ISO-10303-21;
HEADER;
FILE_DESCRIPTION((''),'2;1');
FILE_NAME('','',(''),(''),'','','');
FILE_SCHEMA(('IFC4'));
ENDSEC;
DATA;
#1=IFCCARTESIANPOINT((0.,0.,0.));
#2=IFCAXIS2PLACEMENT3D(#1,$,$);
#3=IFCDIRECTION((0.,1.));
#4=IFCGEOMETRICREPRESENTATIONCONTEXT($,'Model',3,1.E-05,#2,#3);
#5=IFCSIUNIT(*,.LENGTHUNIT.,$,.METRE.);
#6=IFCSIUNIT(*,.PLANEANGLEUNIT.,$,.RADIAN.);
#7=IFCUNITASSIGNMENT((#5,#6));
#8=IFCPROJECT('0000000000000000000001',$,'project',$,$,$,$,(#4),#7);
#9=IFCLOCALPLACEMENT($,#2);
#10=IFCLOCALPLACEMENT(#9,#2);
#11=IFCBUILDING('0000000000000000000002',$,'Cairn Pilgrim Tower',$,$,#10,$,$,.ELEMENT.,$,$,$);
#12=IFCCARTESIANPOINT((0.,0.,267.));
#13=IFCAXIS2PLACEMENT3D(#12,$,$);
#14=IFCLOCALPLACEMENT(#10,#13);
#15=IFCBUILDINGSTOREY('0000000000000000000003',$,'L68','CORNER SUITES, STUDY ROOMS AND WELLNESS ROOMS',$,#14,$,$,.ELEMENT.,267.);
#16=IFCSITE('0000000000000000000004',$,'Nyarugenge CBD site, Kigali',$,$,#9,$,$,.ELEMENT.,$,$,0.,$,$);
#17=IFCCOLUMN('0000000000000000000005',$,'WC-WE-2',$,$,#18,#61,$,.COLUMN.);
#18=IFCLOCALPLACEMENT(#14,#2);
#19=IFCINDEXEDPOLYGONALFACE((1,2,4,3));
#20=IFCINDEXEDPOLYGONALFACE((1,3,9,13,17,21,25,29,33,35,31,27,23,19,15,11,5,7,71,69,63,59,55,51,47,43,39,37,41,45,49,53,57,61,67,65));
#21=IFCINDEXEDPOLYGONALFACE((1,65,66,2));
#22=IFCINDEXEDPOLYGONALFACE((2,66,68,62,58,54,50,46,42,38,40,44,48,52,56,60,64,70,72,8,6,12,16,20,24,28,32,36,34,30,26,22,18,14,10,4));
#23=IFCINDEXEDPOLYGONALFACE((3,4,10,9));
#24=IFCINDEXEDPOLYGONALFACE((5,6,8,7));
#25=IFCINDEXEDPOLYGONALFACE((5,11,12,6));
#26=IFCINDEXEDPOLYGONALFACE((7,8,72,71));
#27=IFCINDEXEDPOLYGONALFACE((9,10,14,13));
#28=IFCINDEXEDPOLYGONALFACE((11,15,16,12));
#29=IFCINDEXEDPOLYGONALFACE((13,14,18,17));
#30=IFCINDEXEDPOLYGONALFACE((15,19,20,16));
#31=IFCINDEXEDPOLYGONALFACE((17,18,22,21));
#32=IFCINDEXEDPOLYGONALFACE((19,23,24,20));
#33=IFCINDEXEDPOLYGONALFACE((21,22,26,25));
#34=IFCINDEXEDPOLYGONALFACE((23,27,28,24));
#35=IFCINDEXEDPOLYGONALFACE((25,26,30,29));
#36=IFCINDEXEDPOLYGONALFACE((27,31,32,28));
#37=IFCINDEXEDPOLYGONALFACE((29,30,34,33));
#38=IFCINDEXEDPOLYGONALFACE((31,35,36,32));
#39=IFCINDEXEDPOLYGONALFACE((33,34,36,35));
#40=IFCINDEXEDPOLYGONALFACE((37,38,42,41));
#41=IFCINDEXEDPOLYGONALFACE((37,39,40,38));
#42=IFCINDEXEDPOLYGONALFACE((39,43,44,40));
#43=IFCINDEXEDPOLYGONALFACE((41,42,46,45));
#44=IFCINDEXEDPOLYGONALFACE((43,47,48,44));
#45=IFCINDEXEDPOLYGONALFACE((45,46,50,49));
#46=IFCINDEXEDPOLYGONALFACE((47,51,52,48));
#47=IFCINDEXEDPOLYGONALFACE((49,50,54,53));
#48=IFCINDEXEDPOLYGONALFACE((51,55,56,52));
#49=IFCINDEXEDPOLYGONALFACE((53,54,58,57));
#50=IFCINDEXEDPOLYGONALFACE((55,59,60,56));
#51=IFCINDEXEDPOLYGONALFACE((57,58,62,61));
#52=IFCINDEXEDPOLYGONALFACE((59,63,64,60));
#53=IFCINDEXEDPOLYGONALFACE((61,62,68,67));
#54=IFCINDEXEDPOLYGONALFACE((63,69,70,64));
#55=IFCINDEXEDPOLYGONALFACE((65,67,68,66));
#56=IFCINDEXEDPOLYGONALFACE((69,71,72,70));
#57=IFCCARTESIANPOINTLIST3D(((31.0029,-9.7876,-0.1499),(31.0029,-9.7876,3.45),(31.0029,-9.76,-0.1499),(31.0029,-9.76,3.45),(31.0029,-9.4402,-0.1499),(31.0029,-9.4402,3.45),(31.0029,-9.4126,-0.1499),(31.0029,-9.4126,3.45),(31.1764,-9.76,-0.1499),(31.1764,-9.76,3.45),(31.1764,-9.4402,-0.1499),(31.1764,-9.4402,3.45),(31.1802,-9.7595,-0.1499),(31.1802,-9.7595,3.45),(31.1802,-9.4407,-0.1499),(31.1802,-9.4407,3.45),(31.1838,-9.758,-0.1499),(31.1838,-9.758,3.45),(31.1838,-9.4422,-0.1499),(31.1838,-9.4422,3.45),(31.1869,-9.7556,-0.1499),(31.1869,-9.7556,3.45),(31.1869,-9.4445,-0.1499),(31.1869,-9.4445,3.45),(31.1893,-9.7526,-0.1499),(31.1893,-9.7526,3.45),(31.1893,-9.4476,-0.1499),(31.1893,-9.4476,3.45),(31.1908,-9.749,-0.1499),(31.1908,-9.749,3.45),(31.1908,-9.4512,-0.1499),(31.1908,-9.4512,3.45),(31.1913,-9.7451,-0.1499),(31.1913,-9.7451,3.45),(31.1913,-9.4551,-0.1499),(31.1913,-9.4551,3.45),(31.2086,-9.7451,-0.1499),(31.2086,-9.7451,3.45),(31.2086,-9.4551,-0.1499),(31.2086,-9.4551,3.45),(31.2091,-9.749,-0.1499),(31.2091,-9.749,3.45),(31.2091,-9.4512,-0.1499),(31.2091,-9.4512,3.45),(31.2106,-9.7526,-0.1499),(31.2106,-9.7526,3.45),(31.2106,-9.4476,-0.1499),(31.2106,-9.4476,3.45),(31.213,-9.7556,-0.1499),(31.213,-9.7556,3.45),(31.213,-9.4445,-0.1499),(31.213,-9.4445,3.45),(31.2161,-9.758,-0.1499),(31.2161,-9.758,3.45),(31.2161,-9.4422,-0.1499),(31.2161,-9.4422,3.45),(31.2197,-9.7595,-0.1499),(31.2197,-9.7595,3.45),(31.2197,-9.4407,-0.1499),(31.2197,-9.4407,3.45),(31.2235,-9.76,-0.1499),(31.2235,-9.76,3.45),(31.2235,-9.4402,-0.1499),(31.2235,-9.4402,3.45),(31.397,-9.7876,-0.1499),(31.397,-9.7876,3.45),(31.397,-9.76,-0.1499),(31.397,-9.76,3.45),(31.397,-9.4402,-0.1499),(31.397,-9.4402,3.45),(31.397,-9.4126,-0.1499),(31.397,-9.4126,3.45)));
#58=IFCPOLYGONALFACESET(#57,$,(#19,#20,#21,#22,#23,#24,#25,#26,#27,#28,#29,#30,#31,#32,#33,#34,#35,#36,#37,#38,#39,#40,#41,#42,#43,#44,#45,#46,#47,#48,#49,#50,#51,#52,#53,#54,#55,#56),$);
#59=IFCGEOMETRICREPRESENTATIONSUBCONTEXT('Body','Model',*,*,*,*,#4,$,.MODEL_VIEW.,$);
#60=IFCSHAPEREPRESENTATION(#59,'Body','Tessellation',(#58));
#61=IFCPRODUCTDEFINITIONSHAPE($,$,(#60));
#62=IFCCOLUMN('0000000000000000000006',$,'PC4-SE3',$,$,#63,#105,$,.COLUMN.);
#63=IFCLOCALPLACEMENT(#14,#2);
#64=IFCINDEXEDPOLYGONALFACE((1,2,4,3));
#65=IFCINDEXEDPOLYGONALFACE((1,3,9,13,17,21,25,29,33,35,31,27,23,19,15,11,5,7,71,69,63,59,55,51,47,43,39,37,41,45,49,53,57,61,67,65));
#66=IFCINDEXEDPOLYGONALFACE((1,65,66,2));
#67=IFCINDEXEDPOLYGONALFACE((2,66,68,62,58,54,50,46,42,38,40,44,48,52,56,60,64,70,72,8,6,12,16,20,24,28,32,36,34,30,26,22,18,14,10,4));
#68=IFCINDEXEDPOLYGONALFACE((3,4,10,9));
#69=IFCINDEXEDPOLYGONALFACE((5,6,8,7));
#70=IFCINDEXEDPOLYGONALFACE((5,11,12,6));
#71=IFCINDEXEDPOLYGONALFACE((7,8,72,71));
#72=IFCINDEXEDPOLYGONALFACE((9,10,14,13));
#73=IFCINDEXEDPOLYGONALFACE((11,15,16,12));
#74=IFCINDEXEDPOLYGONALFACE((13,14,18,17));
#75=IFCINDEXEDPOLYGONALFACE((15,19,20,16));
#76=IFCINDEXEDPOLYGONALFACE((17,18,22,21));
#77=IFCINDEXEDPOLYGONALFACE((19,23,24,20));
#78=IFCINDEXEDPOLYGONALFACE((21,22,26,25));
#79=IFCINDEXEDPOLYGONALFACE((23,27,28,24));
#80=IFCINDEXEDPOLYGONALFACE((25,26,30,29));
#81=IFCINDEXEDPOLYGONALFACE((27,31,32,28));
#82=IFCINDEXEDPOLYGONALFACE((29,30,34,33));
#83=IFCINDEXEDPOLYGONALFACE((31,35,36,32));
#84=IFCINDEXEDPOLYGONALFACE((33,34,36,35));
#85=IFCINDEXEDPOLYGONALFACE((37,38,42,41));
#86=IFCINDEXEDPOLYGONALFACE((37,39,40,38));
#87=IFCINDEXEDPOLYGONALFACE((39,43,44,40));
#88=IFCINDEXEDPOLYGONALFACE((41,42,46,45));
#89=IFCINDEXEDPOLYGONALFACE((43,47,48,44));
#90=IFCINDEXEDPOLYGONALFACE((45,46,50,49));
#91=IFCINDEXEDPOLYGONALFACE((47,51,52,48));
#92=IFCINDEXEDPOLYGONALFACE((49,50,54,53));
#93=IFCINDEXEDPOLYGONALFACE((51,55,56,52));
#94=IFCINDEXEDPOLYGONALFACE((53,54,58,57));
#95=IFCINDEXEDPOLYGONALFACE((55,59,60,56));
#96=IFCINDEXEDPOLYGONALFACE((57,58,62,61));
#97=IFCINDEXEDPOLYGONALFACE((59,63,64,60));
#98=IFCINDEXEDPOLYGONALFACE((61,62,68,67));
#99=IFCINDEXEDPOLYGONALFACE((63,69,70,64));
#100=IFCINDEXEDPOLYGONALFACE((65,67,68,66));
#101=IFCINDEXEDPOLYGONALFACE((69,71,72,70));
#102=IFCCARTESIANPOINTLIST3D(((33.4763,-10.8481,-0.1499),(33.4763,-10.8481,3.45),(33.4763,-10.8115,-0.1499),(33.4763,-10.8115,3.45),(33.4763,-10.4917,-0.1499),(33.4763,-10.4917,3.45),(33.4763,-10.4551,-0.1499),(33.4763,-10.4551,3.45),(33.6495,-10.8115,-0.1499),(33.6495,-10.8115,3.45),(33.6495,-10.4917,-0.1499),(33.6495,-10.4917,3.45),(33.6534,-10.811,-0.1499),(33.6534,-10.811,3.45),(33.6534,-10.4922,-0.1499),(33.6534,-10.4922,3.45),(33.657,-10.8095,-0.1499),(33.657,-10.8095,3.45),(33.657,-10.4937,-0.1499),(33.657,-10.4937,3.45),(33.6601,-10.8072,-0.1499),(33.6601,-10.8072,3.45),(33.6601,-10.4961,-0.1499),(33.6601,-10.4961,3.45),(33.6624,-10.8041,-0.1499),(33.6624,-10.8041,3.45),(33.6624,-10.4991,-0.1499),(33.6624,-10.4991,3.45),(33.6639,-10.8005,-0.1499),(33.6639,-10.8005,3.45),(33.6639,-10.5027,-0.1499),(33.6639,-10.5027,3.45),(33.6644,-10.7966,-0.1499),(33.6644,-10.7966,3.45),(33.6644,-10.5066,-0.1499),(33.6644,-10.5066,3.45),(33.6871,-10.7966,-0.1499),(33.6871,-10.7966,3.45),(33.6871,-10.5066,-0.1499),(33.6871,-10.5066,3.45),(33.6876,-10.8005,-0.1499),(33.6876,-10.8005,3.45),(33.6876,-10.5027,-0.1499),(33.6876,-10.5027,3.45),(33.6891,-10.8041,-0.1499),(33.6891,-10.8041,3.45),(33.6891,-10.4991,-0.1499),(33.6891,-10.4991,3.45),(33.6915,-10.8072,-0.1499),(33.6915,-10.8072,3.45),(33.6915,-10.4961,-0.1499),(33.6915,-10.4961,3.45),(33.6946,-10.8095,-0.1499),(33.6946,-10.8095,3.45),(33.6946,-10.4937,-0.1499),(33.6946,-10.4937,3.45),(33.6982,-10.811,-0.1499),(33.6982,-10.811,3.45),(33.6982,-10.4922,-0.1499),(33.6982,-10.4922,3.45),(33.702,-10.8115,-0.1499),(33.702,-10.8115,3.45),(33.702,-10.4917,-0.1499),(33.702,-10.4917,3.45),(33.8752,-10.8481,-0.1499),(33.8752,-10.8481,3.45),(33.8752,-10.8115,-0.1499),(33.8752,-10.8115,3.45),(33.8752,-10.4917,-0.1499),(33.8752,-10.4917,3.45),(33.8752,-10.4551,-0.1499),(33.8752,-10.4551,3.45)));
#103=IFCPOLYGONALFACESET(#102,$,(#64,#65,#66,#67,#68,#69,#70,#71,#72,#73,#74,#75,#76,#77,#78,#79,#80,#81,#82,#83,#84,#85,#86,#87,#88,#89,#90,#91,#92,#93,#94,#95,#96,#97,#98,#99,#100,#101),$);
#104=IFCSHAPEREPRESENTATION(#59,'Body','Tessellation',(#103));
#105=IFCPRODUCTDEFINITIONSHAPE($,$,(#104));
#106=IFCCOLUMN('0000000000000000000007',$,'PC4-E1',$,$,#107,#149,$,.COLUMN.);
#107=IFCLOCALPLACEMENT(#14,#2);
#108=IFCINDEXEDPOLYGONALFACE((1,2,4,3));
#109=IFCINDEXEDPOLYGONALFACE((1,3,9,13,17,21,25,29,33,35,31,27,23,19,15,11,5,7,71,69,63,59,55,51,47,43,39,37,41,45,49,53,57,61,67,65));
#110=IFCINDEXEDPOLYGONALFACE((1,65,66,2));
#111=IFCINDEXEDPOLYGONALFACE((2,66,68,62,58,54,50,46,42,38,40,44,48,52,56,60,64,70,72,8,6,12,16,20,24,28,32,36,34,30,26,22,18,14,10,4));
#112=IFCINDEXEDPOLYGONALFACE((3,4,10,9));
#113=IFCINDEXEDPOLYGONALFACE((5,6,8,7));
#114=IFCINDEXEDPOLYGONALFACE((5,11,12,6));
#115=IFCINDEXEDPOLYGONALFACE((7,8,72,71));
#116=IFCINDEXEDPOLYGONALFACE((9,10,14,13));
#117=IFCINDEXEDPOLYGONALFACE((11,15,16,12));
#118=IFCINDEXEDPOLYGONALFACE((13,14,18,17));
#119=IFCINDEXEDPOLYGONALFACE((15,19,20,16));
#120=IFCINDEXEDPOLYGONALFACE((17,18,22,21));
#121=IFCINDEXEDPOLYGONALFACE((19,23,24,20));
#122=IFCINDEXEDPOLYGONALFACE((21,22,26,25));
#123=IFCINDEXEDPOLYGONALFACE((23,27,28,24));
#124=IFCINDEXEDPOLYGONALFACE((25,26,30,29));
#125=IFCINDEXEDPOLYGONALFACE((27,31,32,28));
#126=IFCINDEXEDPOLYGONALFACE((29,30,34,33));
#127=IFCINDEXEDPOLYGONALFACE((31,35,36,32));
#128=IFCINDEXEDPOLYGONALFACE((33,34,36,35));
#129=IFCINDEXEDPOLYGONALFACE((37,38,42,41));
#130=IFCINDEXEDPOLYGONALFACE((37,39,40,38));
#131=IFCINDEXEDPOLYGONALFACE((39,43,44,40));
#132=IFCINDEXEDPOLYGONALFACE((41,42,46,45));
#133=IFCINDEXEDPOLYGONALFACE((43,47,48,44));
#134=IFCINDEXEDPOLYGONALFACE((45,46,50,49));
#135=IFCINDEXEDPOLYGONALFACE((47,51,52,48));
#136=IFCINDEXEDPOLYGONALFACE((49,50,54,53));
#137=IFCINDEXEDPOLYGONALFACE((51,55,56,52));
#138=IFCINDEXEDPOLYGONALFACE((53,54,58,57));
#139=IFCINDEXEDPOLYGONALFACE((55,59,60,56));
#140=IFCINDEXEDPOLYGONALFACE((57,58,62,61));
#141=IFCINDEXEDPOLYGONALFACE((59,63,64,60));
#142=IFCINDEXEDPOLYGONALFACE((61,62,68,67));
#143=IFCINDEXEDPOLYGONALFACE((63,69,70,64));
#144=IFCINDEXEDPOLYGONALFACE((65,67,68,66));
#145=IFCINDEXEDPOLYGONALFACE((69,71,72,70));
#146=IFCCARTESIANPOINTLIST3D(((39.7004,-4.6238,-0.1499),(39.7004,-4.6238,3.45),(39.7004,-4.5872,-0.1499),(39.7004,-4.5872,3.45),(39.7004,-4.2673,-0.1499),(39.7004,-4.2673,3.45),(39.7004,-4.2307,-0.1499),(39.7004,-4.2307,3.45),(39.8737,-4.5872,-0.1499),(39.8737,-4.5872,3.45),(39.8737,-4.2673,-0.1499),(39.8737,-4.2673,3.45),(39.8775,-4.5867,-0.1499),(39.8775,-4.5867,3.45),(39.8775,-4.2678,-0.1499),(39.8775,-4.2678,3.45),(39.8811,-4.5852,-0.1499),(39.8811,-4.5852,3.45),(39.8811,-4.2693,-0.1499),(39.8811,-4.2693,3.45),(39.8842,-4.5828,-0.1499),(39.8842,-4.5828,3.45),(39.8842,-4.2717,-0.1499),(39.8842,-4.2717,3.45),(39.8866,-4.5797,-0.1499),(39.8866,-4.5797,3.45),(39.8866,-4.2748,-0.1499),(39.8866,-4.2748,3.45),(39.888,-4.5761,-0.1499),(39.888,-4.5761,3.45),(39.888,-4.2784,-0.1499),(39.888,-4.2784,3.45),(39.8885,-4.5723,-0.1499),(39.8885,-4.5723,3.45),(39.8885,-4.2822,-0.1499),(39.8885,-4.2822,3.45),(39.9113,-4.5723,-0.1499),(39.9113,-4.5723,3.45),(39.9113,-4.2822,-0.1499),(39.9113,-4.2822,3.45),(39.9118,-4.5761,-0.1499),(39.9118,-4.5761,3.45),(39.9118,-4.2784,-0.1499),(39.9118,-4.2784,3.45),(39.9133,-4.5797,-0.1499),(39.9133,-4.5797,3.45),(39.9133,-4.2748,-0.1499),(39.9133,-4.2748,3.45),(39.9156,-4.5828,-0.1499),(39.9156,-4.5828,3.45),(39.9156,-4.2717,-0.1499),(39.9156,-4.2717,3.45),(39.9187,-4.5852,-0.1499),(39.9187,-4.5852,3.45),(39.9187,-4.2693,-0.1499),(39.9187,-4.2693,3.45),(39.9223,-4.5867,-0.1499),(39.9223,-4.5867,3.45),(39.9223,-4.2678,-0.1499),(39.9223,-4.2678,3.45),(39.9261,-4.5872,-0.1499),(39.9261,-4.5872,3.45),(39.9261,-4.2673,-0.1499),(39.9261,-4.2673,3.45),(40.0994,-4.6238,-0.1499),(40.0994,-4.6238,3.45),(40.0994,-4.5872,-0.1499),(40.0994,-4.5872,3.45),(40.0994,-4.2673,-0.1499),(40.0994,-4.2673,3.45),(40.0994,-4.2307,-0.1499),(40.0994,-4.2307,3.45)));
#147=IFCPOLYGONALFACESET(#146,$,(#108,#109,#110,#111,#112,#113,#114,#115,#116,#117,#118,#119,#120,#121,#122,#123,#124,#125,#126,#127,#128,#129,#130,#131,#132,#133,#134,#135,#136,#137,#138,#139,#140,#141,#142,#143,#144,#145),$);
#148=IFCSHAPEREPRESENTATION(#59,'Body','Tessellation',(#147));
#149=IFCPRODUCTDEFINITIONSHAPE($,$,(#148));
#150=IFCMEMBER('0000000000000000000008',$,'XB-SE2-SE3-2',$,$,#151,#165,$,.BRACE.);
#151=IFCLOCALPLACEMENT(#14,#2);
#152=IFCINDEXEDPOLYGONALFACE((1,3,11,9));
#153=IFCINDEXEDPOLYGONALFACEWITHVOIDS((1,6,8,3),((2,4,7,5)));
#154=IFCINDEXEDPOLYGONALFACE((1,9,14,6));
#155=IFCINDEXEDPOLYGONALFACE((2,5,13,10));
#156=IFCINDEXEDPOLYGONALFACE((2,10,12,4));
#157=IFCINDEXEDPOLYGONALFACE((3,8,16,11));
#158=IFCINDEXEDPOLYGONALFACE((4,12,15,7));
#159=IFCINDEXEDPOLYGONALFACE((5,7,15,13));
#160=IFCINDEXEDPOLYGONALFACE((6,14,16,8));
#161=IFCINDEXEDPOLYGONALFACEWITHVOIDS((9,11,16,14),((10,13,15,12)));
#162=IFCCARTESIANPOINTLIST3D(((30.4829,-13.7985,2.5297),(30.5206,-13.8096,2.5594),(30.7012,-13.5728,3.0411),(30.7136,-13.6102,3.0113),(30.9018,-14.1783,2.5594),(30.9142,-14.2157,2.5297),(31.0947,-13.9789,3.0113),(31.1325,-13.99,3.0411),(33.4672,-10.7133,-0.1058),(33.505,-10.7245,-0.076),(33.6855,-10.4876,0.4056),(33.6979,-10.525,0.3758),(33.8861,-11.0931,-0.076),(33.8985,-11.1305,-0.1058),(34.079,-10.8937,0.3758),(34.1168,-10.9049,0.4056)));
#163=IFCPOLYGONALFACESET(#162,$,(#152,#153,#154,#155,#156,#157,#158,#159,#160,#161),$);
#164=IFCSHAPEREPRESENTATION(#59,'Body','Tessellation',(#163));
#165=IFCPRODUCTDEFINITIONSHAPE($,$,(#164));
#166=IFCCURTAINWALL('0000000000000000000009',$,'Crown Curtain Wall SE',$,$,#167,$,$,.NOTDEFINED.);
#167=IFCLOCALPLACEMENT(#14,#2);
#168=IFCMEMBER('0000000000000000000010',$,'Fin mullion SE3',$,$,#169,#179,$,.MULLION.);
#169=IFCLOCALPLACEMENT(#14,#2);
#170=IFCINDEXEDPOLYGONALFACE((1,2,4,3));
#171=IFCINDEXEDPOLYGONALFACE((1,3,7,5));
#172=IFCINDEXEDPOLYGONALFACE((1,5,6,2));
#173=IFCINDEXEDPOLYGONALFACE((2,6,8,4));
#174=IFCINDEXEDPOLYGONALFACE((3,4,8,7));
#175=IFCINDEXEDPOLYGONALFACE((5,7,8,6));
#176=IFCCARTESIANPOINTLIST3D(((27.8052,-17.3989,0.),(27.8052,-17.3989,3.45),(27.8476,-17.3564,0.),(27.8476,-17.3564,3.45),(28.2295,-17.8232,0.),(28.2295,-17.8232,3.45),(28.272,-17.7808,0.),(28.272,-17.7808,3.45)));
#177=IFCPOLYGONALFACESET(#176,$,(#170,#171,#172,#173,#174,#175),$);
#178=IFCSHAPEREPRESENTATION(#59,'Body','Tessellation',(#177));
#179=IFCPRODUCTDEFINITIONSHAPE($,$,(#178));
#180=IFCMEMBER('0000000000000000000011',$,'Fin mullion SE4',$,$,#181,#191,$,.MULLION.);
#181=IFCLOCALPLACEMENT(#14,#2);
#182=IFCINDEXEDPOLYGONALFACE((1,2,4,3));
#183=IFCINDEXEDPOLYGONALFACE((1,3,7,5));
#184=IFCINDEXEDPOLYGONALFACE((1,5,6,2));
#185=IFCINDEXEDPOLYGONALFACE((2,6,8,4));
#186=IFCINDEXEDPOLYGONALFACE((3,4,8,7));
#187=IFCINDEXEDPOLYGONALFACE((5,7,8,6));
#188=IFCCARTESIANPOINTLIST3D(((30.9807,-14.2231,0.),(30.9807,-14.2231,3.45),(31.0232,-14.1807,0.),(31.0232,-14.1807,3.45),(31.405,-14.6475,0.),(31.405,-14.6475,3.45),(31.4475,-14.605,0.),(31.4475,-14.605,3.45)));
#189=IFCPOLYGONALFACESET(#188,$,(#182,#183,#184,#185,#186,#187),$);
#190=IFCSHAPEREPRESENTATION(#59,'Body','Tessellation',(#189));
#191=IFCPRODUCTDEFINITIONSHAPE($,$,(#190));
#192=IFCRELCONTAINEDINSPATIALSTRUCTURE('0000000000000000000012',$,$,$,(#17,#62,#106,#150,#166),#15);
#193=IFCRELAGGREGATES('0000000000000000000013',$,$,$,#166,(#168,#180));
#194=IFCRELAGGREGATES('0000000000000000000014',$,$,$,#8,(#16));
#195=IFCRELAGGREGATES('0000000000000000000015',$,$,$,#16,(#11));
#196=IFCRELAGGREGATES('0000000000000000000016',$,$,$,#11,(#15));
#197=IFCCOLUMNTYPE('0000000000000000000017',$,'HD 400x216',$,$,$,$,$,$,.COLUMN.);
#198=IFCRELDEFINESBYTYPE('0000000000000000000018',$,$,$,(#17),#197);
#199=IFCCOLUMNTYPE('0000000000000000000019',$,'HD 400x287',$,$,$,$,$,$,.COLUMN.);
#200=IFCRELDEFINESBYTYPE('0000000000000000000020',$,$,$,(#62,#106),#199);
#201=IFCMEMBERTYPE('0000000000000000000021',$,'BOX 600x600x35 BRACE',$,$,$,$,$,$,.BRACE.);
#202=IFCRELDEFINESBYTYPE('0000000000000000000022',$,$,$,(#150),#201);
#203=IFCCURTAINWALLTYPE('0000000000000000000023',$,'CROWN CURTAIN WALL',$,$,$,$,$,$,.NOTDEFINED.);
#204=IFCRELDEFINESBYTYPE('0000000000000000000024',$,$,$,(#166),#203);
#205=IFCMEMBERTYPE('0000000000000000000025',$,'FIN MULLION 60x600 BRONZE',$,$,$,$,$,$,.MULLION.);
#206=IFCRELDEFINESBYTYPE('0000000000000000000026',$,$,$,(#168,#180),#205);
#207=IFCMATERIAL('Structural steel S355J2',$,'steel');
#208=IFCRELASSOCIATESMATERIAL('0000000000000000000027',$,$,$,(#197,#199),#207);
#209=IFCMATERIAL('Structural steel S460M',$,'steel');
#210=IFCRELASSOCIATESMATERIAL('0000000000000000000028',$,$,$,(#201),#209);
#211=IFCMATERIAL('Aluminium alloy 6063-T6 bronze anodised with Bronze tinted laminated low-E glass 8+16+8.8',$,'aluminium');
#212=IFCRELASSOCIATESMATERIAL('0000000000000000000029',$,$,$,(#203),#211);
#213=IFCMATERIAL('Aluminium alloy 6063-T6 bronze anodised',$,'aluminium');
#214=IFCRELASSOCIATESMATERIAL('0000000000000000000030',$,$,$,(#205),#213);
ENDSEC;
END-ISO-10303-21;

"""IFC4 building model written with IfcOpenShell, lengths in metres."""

from ifc_helpers import new_model, si_unit, direction, frame, origin, origin_2d, place, context, subcontext, project, spatial, rectangle, hollow_rectangle, i_section, extrude, material, material_profile, profile_set, type_object, element, aggregate, save


model = new_model("IFC4")

# Units and contexts
model_context = context("Model", 3, precision=1e-05, world=origin(), true_north=direction((0.0, 1.0)))
body_context = subcontext(model_context, "Body", "Model", "MODEL_VIEW")
ifc_project = project(units=[si_unit("LENGTHUNIT", "METRE"), si_unit("PLANEANGLEUNIT", "RADIAN")], contexts=[model_context])

# Site, building, storey
site_placement = place(None, origin())
site = spatial("IfcSite", under=ifc_project, at=site_placement, Name="Nyarugenge CBD site, Kigali", CompositionType="ELEMENT", RefElevation=0.0)
building_placement = place(site_placement, origin())
building = spatial("IfcBuilding", under=site, at=building_placement, Name="Cairn Pilgrim Tower", CompositionType="ELEMENT")
storey_placement = place(building_placement, frame((0.0, 0.0, 267.0)))
storey = spatial("IfcBuildingStorey", under=building, at=storey_placement, Name="L68", Description="CORNER SUITES, STUDY ROOMS AND WELLNESS ROOMS", CompositionType="ELEMENT", Elevation=267.0)

# Columns
ifc_material_1 = material(Name="Structural steel S355J2", Category="steel")
ifc_material_profile_1 = material_profile(ifc_material_1, i_section(OverallWidth=0.394, OverallDepth=0.375, WebThickness=0.0173, FlangeThickness=0.0276, FilletRadius=0.0149, at=origin_2d()), Name="HD 400x216")
ifc_profile_set_1 = profile_set([ifc_material_profile_1], Name="Structural steel S355J2")
column_type_1 = type_object("IfcColumnType", Name="HD 400x216", PredefinedType="COLUMN", material=ifc_profile_set_1)
column_placement = place(storey_placement, frame((31.2, -9.6001, -0.1499), z_axis=(0.0, 0.0, 1.0), x_axis=(1.0, 0.0, 0.0)))
element("IfcColumn", 1, at=column_placement, inside=storey, type_object=column_type_1, Name="WC-WE-2", PredefinedType="COLUMN", context=body_context, shape_type="SweptSolid", body=[
    extrude(i_section(OverallWidth=0.394, OverallDepth=0.375, WebThickness=0.0173, FlangeThickness=0.0276, FilletRadius=0.0149, at=origin_2d()), origin(), (0.0, 0.0, 1.0), 3.5999),
])
ifc_material_profile_2 = material_profile(ifc_material_1, i_section(OverallWidth=0.3989, OverallDepth=0.3931, WebThickness=0.0227, FlangeThickness=0.0366, FilletRadius=0.0149, at=origin_2d()), Name="HD 400x287")
ifc_profile_set_2 = profile_set([ifc_material_profile_2], Name="Structural steel S355J2")
column_type_2 = type_object("IfcColumnType", Name="HD 400x287", PredefinedType="COLUMN", material=ifc_profile_set_2)
for number, where, z_axis, x_axis, name in (
    (2, (33.6758, -10.6516, -0.1499), (0.0, 0.0, 1.0), (1.0, 0.0, 0.0), "PC4-SE3"),
    (3, (39.8999, -4.4272, -0.1499), (0.0, 0.0, 1.0), (1.0, 0.0, 0.0), "PC4-E1"),
):
    element("IfcColumn", number, at=place(storey_placement, frame(where, z_axis=z_axis, x_axis=x_axis)), inside=storey, type_object=column_type_2, Name=name, PredefinedType="COLUMN", context=body_context, shape_type="SweptSolid", body=[
        extrude(i_section(OverallWidth=0.3989, OverallDepth=0.3931, WebThickness=0.0227, FlangeThickness=0.0366, FilletRadius=0.0149, at=origin_2d()), origin(), (0.0, 0.0, 1.0), 3.5999),
    ])

# Member
ifc_material_2 = material(Name="Structural steel S460M", Category="steel")
ifc_material_profile_3 = material_profile(ifc_material_2, hollow_rectangle(XDim=0.6001, YDim=0.6001, WallThickness=0.0349, at=origin_2d()), Name="BOX 600x600x35")
ifc_profile_set_3 = profile_set([ifc_material_profile_3], Name="Structural steel S460M")
member_type_1 = type_object("IfcMemberType", Name="BOX 600x600x35 BRACE", PredefinedType="BRACE", material=ifc_profile_set_3)
member_1_placement = place(storey_placement, frame((33.792, -10.8091, 0.1499), z_axis=(-0.592497, -0.612515, 0.523233), x_axis=(0.718754, -0.695264, 0.0)))
element("IfcMember", 4, at=member_1_placement, inside=storey, type_object=member_type_1, Name="XB-SE2-SE3-2", PredefinedType="BRACE", context=body_context, shape_type="SweptSolid", body=[
    extrude(hollow_rectangle(XDim=0.6001, YDim=0.6001, WallThickness=0.0349, at=origin_2d()), origin(), (0.0, 0.0, 1.0), 5.0369),
])

# Curtain wall, members
ifc_material_3 = material(Name="Aluminium alloy 6063-T6 bronze anodised with Bronze tinted laminated low-E glass 8+16+8.8", Category="aluminium")
curtain_wall_type = type_object("IfcCurtainWallType", Name="CROWN CURTAIN WALL", PredefinedType="NOTDEFINED", material=ifc_material_3)
curtain_wall_placement = place(storey_placement, origin())
curtain_wall = element("IfcCurtainWall", 5, at=curtain_wall_placement, inside=storey, type_object=curtain_wall_type, Name="Crown Curtain Wall SE", PredefinedType="NOTDEFINED")
ifc_material_4 = material(Name="Aluminium alloy 6063-T6 bronze anodised", Category="aluminium")
ifc_material_profile_4 = material_profile(ifc_material_4, rectangle(XDim=0.6001, YDim=0.0601, at=origin_2d()), Name="FIN MULLION 60x600 BRONZE")
ifc_profile_set_4 = profile_set([ifc_material_profile_4], Name="Aluminium alloy 6063-T6 bronze anodised")
member_type_2 = type_object("IfcMemberType", Name="FIN MULLION 60x600 BRONZE", PredefinedType="MULLION", material=ifc_profile_set_4)
member_2_placement = place(storey_placement, frame((28.0386, -17.5898, 0.0), z_axis=(0.0, 0.0, 1.0), x_axis=(0.707107, -0.707107, 0.0)))
member_2 = element("IfcMember", 6, at=member_2_placement, type_object=member_type_2, Name="Fin mullion SE3", PredefinedType="MULLION", context=body_context, shape_type="SweptSolid", body=[
    extrude(rectangle(XDim=0.6001, YDim=0.0601, at=origin_2d()), origin(), (0.0, 0.0, 1.0), 3.45),
])
member_3_placement = place(storey_placement, frame((31.2141, -14.4141, 0.0), z_axis=(0.0, 0.0, 1.0), x_axis=(0.707107, -0.707107, 0.0)))
member_3 = element("IfcMember", 7, at=member_3_placement, type_object=member_type_2, Name="Fin mullion SE4", PredefinedType="MULLION", context=body_context, shape_type="SweptSolid", body=[
    extrude(rectangle(XDim=0.6001, YDim=0.0601, at=origin_2d()), origin(), (0.0, 0.0, 1.0), 3.45),
])

aggregate(curtain_wall, [member_2, member_3])

save(model, "model.ifc")
